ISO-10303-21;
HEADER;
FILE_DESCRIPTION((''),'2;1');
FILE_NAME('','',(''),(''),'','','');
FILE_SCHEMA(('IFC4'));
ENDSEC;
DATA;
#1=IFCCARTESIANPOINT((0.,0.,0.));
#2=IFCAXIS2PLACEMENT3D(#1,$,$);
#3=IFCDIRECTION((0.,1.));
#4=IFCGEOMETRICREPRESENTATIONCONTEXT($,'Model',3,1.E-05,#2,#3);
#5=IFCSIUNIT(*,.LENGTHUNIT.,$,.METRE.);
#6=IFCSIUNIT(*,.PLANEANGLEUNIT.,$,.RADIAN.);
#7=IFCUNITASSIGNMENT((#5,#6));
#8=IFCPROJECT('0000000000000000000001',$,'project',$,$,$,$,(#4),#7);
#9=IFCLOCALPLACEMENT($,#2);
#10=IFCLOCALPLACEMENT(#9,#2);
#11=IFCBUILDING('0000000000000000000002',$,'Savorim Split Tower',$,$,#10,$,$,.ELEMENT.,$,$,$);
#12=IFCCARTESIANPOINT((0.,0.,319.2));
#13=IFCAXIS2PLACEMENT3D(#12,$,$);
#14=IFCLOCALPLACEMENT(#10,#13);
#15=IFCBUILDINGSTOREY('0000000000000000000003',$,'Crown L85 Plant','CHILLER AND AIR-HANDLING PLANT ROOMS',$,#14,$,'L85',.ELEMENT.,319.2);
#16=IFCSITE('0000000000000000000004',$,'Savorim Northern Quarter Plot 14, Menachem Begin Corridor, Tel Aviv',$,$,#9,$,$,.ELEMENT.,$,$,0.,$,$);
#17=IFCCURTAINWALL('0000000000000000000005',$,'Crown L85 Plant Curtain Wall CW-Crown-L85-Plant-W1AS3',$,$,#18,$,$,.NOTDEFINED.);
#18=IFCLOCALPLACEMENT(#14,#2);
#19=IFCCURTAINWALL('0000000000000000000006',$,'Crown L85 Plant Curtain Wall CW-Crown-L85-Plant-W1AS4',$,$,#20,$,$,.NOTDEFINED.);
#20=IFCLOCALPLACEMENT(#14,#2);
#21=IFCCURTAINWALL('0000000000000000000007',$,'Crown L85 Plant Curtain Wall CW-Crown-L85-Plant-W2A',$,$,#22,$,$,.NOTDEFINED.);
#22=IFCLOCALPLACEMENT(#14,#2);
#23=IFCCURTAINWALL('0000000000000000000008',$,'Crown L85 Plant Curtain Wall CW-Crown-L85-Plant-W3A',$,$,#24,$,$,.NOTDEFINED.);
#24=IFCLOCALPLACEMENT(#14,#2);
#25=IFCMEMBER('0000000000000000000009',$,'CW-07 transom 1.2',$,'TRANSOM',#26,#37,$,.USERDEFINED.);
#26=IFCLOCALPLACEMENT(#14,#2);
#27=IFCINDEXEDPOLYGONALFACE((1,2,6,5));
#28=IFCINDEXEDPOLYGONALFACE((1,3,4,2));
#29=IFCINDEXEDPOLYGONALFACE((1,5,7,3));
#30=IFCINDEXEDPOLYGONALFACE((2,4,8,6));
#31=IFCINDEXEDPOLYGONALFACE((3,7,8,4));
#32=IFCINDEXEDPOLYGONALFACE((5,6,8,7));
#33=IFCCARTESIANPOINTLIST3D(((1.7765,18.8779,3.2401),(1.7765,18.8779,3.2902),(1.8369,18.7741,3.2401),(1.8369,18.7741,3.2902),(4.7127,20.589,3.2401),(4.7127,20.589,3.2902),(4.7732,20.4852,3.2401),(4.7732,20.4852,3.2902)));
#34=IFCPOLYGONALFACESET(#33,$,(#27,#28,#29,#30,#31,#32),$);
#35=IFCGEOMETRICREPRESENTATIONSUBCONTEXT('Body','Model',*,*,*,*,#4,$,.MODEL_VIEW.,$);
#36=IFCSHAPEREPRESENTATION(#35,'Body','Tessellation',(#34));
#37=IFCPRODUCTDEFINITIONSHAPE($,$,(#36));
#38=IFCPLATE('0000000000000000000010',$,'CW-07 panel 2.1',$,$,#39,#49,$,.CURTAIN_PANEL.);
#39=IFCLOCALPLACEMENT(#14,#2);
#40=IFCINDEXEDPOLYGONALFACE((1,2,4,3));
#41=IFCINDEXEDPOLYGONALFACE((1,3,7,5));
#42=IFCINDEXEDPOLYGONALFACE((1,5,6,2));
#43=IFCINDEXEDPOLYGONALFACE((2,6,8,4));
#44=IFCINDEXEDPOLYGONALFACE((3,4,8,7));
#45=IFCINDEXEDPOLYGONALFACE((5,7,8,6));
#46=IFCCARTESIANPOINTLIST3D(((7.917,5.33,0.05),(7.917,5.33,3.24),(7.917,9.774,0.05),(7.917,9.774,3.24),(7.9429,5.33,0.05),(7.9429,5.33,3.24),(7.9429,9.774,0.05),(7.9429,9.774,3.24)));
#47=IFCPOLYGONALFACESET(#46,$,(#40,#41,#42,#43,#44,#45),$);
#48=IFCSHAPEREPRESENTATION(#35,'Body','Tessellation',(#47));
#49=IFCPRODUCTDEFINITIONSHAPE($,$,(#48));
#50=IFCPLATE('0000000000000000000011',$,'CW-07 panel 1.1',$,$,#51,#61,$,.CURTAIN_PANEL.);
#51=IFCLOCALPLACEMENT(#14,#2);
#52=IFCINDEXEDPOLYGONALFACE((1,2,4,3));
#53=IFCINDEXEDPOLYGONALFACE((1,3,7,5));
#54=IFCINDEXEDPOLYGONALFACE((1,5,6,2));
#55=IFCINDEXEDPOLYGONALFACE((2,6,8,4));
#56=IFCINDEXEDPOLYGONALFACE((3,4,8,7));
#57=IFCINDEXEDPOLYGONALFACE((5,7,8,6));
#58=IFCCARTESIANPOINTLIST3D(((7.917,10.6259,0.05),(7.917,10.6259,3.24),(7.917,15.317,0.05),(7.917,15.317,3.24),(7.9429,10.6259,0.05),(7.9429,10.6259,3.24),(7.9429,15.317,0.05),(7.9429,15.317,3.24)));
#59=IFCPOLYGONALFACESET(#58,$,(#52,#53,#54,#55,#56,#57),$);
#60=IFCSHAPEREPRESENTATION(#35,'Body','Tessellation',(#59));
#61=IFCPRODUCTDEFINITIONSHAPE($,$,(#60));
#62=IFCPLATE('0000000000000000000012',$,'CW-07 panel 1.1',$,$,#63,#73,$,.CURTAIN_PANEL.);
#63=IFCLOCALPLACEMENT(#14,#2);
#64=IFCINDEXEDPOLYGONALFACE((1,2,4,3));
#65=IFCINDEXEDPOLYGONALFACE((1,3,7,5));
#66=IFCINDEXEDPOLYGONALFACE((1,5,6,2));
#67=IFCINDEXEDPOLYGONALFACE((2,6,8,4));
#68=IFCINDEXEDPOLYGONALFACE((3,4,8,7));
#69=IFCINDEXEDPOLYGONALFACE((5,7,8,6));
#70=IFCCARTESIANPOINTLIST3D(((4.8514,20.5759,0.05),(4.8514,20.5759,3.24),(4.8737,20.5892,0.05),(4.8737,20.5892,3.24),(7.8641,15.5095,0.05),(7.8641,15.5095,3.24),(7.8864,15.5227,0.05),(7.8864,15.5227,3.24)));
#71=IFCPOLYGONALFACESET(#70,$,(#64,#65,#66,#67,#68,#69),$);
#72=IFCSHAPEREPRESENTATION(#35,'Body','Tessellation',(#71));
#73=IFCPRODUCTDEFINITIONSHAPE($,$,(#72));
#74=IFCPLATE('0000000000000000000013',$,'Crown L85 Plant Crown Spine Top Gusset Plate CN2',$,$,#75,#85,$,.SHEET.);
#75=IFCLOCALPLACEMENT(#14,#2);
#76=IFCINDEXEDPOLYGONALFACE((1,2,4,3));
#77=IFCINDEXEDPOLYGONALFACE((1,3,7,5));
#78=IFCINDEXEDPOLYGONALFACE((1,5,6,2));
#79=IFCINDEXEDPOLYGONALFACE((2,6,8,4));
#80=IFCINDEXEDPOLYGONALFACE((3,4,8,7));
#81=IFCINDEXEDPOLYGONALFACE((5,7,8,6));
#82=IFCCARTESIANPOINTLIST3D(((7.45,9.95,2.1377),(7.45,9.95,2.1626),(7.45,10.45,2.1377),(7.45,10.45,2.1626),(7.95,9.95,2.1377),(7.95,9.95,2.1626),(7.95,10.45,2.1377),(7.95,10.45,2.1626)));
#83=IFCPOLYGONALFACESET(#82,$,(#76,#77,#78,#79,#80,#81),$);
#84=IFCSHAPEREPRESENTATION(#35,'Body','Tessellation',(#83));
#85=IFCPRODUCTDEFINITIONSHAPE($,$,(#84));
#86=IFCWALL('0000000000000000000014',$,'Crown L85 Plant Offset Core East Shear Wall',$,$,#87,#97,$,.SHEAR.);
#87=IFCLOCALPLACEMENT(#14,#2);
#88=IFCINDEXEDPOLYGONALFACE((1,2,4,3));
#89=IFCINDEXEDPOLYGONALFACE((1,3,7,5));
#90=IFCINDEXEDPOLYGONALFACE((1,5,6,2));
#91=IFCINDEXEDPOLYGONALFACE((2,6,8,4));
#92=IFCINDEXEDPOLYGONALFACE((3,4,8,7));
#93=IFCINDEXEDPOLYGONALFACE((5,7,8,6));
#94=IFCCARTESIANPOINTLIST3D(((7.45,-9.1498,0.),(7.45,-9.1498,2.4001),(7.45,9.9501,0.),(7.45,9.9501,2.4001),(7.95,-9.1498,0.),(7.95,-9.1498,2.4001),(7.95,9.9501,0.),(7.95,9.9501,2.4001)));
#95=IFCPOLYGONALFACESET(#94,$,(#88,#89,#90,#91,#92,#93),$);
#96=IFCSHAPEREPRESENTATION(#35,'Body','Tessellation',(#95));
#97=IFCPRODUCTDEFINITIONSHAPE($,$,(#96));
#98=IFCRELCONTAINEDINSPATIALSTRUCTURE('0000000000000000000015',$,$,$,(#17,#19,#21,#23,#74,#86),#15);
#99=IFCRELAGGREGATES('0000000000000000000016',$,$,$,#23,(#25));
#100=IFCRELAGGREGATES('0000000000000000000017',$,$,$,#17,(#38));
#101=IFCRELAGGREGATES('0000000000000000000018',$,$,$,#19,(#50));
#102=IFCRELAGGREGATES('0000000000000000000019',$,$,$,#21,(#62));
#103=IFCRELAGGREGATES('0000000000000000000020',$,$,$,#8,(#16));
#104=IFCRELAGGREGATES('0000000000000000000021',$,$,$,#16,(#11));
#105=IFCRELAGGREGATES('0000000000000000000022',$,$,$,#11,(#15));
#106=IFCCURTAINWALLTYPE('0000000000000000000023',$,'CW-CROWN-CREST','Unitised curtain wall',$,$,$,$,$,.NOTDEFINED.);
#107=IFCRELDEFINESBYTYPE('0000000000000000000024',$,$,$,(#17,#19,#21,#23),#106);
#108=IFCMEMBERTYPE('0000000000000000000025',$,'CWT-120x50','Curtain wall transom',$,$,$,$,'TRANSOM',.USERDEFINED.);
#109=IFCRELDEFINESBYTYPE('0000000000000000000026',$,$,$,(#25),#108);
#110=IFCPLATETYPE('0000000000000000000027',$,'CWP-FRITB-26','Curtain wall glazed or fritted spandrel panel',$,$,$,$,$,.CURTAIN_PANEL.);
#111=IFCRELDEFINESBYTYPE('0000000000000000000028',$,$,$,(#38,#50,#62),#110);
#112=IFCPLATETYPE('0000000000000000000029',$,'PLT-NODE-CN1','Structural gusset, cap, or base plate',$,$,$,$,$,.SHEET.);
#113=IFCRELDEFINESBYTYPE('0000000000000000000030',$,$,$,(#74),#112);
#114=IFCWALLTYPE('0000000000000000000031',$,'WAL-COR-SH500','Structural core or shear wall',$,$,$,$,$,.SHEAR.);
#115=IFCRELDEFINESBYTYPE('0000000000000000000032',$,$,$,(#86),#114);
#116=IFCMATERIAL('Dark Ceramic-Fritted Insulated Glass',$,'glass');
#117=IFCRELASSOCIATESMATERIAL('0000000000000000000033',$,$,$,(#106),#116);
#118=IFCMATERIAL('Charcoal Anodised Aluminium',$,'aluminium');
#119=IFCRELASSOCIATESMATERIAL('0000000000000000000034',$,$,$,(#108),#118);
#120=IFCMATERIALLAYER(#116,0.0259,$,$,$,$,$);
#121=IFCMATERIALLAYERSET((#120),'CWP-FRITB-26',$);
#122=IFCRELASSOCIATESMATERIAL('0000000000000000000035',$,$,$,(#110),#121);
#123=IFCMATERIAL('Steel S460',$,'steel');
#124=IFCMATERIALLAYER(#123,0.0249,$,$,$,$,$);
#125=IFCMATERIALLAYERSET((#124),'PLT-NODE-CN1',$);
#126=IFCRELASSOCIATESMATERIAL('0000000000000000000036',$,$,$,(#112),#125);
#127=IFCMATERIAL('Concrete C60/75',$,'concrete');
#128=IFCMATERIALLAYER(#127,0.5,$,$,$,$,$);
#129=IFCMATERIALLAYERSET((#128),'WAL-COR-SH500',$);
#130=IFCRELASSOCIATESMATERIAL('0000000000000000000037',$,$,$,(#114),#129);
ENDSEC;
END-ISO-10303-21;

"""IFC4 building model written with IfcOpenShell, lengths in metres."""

from ifc_helpers import new_model, si_unit, direction, frame, frame_2d, origin, origin_2d, place, context, subcontext, project, spatial, rectangle, extrude, material, layer, layer_set, material_profile, profile_set, type_object, element, aggregate, save


model = new_model("IFC4")

# Units and contexts
model_context = context("Model", 3, precision=1e-05, world=origin(), true_north=direction((0.0, 1.0)))
body_context = subcontext(model_context, "Body", "Model", "MODEL_VIEW")
ifc_project = project(units=[si_unit("LENGTHUNIT", "METRE"), si_unit("PLANEANGLEUNIT", "RADIAN")], contexts=[model_context])

# Site, building, storey
site_placement = place(None, origin())
site = spatial("IfcSite", under=ifc_project, at=site_placement, Name="Savorim Northern Quarter Plot 14, Menachem Begin Corridor, Tel Aviv", CompositionType="ELEMENT", RefElevation=0.0)
building_placement = place(site_placement, origin())
building = spatial("IfcBuilding", under=site, at=building_placement, Name="Savorim Split Tower", CompositionType="ELEMENT")
storey_placement = place(building_placement, frame((0.0, 0.0, 319.2)))
storey = spatial("IfcBuildingStorey", under=building, at=storey_placement, Name="Crown L85 Plant", Description="CHILLER AND AIR-HANDLING PLANT ROOMS", LongName="L85", CompositionType="ELEMENT", Elevation=319.2)

# Curtain wall
ifc_material_1 = material(Name="Dark Ceramic-Fritted Insulated Glass", Category="glass")
curtain_wall_type = type_object("IfcCurtainWallType", Name="CW-CROWN-CREST", Description="Unitised curtain wall", PredefinedType="NOTDEFINED", material=ifc_material_1)
curtain_wall_1_placement = place(storey_placement, origin())
curtain_wall_1 = element("IfcCurtainWall", 1, at=curtain_wall_1_placement, inside=storey, type_object=curtain_wall_type, Name="Crown L85 Plant Curtain Wall CW-Crown-L85-Plant-W1AS3", PredefinedType="NOTDEFINED")
ifc_material_2 = material(Name="Charcoal Anodised Aluminium", Category="aluminium")

# Curtain walls
curtain_wall_2_placement = place(storey_placement, origin())
curtain_wall_2 = element("IfcCurtainWall", 2, at=curtain_wall_2_placement, inside=storey, type_object=curtain_wall_type, Name="Crown L85 Plant Curtain Wall CW-Crown-L85-Plant-W1AS4", PredefinedType="NOTDEFINED")
curtain_wall_3_placement = place(storey_placement, origin())
curtain_wall_3 = element("IfcCurtainWall", 3, at=curtain_wall_3_placement, inside=storey, type_object=curtain_wall_type, Name="Crown L85 Plant Curtain Wall CW-Crown-L85-Plant-W2A", PredefinedType="NOTDEFINED")

# Curtain wall
curtain_wall_4_placement = place(storey_placement, origin())
curtain_wall_4 = element("IfcCurtainWall", 4, at=curtain_wall_4_placement, inside=storey, type_object=curtain_wall_type, Name="Crown L85 Plant Curtain Wall CW-Crown-L85-Plant-W3A", PredefinedType="NOTDEFINED")

# Member
ifc_material_profile_1 = material_profile(ifc_material_2, rectangle(XDim=0.1201, YDim=0.05, at=origin_2d()), Name="ALU-T 120x50")
ifc_profile_set_1 = profile_set([ifc_material_profile_1], Name="Charcoal Anodised Aluminium")
member_type_1 = type_object("IfcMemberType", Name="CWT-120x50", Description="Curtain wall transom", ElementType="TRANSOM", PredefinedType="USERDEFINED", material=ifc_profile_set_1)
member_1_placement = place(storey_placement, frame((4.7429, 20.5371, 3.2651), z_axis=(-0.86399, -0.503509, 0.0), x_axis=(0.503509, -0.86399, 0.0)))
member_1 = element("IfcMember", 5, at=member_1_placement, type_object=member_type_1, Name="CW-07 transom 1.2", ObjectType="TRANSOM", PredefinedType="USERDEFINED", context=body_context, shape_type="SweptSolid", body=[
    extrude(rectangle(XDim=0.1201, YDim=0.05, at=origin_2d()), origin(), (0.0, 0.0, 1.0), 3.3984),
])
aggregate(curtain_wall_4, [member_1])

# Plates
ifc_layer_1 = layer(ifc_material_1, 0.0259)
ifc_layer_set_1 = layer_set([ifc_layer_1], Name="CWP-FRITB-26")
plate_type_1 = type_object("IfcPlateType", Name="CWP-FRITB-26", Description="Curtain wall glazed or fritted spandrel panel", PredefinedType="CURTAIN_PANEL", material=ifc_layer_set_1)
plate_1_placement = place(storey_placement, frame((7.9299, 7.552, 0.05), z_axis=(0.0, 0.0, 1.0), x_axis=(0.0, 1.0, 0.0)))
plate_1 = element("IfcPlate", 6, at=plate_1_placement, type_object=plate_type_1, Name="CW-07 panel 2.1", PredefinedType="CURTAIN_PANEL", context=body_context, shape_type="SweptSolid", body=[
    extrude(rectangle(XDim=4.4441, YDim=0.0259, at=origin_2d()), origin(), (0.0, 0.0, 1.0), 3.1899),
])
aggregate(curtain_wall_1, [plate_1])
plate_2_placement = place(storey_placement, frame((7.9299, 12.9714, 0.05), z_axis=(0.0, 0.0, 1.0), x_axis=(0.0, 1.0, 0.0)))
plate_2 = element("IfcPlate", 7, at=plate_2_placement, type_object=plate_type_1, Name="CW-07 panel 1.1", PredefinedType="CURTAIN_PANEL", context=body_context, shape_type="SweptSolid", body=[
    extrude(rectangle(XDim=4.6912, YDim=0.0259, at=origin_2d()), origin(), (0.0, 0.0, 1.0), 3.1899),
])
aggregate(curtain_wall_2, [plate_2])
plate_3_placement = place(storey_placement, frame((6.3689, 18.0493, 0.05), z_axis=(0.0, 0.0, 1.0), x_axis=(-0.511103, 0.85952, 0.0)))
plate_3 = element("IfcPlate", 8, at=plate_3_placement, type_object=plate_type_1, Name="CW-07 panel 1.1", PredefinedType="CURTAIN_PANEL", context=body_context, shape_type="SweptSolid", body=[
    extrude(rectangle(XDim=5.8945, YDim=0.0259, at=origin_2d()), origin(), (0.0, 0.0, 1.0), 3.1899),
])
aggregate(curtain_wall_3, [plate_3])
ifc_material_3 = material(Name="Steel S460", Category="steel")
ifc_layer_2 = layer(ifc_material_3, 0.0249)
ifc_layer_set_2 = layer_set([ifc_layer_2], Name="PLT-NODE-CN1")
plate_type_2 = type_object("IfcPlateType", Name="PLT-NODE-CN1", Description="Structural gusset, cap, or base plate", PredefinedType="SHEET", material=ifc_layer_set_2)
plate_4_placement = place(storey_placement, frame((7.7, 10.2, 2.1377), z_axis=(0.0, 0.0, 1.0), x_axis=(1.0, 0.0, 0.0)))
element("IfcPlate", 9, at=plate_4_placement, inside=storey, type_object=plate_type_2, Name="Crown L85 Plant Crown Spine Top Gusset Plate CN2", PredefinedType="SHEET", context=body_context, shape_type="SweptSolid", body=[
    extrude(rectangle(XDim=0.5, YDim=0.5, at=origin_2d()), origin(), (0.0, 0.0, 1.0), 0.0249),
])

# Shared definitions
ifc_material_4 = material(Name="Concrete C60/75", Category="concrete")
ifc_layer_3 = layer(ifc_material_4, 0.5)
ifc_layer_set_3 = layer_set([ifc_layer_3], Name="WAL-COR-SH500")
wall_type = type_object("IfcWallType", Name="WAL-COR-SH500", Description="Structural core or shear wall", PredefinedType="SHEAR", material=ifc_layer_set_3)

# Wall
wall_1_placement = place(storey_placement, frame((7.7, 9.95, 0.0), z_axis=(0.0, 0.0, 1.0), x_axis=(0.0, -1.0, 0.0)))
element("IfcWall", 10, at=wall_1_placement, inside=storey, type_object=wall_type, Name="Crown L85 Plant Offset Core East Shear Wall", PredefinedType="SHEAR", context=body_context, shape_type="SweptSolid", body=[
    extrude(rectangle(XDim=19.0999, YDim=0.5, at=frame_2d((9.5498, 0.0))), origin(), (0.0, 0.0, 1.0), 2.4001),
])

save(model, "model.ifc")
